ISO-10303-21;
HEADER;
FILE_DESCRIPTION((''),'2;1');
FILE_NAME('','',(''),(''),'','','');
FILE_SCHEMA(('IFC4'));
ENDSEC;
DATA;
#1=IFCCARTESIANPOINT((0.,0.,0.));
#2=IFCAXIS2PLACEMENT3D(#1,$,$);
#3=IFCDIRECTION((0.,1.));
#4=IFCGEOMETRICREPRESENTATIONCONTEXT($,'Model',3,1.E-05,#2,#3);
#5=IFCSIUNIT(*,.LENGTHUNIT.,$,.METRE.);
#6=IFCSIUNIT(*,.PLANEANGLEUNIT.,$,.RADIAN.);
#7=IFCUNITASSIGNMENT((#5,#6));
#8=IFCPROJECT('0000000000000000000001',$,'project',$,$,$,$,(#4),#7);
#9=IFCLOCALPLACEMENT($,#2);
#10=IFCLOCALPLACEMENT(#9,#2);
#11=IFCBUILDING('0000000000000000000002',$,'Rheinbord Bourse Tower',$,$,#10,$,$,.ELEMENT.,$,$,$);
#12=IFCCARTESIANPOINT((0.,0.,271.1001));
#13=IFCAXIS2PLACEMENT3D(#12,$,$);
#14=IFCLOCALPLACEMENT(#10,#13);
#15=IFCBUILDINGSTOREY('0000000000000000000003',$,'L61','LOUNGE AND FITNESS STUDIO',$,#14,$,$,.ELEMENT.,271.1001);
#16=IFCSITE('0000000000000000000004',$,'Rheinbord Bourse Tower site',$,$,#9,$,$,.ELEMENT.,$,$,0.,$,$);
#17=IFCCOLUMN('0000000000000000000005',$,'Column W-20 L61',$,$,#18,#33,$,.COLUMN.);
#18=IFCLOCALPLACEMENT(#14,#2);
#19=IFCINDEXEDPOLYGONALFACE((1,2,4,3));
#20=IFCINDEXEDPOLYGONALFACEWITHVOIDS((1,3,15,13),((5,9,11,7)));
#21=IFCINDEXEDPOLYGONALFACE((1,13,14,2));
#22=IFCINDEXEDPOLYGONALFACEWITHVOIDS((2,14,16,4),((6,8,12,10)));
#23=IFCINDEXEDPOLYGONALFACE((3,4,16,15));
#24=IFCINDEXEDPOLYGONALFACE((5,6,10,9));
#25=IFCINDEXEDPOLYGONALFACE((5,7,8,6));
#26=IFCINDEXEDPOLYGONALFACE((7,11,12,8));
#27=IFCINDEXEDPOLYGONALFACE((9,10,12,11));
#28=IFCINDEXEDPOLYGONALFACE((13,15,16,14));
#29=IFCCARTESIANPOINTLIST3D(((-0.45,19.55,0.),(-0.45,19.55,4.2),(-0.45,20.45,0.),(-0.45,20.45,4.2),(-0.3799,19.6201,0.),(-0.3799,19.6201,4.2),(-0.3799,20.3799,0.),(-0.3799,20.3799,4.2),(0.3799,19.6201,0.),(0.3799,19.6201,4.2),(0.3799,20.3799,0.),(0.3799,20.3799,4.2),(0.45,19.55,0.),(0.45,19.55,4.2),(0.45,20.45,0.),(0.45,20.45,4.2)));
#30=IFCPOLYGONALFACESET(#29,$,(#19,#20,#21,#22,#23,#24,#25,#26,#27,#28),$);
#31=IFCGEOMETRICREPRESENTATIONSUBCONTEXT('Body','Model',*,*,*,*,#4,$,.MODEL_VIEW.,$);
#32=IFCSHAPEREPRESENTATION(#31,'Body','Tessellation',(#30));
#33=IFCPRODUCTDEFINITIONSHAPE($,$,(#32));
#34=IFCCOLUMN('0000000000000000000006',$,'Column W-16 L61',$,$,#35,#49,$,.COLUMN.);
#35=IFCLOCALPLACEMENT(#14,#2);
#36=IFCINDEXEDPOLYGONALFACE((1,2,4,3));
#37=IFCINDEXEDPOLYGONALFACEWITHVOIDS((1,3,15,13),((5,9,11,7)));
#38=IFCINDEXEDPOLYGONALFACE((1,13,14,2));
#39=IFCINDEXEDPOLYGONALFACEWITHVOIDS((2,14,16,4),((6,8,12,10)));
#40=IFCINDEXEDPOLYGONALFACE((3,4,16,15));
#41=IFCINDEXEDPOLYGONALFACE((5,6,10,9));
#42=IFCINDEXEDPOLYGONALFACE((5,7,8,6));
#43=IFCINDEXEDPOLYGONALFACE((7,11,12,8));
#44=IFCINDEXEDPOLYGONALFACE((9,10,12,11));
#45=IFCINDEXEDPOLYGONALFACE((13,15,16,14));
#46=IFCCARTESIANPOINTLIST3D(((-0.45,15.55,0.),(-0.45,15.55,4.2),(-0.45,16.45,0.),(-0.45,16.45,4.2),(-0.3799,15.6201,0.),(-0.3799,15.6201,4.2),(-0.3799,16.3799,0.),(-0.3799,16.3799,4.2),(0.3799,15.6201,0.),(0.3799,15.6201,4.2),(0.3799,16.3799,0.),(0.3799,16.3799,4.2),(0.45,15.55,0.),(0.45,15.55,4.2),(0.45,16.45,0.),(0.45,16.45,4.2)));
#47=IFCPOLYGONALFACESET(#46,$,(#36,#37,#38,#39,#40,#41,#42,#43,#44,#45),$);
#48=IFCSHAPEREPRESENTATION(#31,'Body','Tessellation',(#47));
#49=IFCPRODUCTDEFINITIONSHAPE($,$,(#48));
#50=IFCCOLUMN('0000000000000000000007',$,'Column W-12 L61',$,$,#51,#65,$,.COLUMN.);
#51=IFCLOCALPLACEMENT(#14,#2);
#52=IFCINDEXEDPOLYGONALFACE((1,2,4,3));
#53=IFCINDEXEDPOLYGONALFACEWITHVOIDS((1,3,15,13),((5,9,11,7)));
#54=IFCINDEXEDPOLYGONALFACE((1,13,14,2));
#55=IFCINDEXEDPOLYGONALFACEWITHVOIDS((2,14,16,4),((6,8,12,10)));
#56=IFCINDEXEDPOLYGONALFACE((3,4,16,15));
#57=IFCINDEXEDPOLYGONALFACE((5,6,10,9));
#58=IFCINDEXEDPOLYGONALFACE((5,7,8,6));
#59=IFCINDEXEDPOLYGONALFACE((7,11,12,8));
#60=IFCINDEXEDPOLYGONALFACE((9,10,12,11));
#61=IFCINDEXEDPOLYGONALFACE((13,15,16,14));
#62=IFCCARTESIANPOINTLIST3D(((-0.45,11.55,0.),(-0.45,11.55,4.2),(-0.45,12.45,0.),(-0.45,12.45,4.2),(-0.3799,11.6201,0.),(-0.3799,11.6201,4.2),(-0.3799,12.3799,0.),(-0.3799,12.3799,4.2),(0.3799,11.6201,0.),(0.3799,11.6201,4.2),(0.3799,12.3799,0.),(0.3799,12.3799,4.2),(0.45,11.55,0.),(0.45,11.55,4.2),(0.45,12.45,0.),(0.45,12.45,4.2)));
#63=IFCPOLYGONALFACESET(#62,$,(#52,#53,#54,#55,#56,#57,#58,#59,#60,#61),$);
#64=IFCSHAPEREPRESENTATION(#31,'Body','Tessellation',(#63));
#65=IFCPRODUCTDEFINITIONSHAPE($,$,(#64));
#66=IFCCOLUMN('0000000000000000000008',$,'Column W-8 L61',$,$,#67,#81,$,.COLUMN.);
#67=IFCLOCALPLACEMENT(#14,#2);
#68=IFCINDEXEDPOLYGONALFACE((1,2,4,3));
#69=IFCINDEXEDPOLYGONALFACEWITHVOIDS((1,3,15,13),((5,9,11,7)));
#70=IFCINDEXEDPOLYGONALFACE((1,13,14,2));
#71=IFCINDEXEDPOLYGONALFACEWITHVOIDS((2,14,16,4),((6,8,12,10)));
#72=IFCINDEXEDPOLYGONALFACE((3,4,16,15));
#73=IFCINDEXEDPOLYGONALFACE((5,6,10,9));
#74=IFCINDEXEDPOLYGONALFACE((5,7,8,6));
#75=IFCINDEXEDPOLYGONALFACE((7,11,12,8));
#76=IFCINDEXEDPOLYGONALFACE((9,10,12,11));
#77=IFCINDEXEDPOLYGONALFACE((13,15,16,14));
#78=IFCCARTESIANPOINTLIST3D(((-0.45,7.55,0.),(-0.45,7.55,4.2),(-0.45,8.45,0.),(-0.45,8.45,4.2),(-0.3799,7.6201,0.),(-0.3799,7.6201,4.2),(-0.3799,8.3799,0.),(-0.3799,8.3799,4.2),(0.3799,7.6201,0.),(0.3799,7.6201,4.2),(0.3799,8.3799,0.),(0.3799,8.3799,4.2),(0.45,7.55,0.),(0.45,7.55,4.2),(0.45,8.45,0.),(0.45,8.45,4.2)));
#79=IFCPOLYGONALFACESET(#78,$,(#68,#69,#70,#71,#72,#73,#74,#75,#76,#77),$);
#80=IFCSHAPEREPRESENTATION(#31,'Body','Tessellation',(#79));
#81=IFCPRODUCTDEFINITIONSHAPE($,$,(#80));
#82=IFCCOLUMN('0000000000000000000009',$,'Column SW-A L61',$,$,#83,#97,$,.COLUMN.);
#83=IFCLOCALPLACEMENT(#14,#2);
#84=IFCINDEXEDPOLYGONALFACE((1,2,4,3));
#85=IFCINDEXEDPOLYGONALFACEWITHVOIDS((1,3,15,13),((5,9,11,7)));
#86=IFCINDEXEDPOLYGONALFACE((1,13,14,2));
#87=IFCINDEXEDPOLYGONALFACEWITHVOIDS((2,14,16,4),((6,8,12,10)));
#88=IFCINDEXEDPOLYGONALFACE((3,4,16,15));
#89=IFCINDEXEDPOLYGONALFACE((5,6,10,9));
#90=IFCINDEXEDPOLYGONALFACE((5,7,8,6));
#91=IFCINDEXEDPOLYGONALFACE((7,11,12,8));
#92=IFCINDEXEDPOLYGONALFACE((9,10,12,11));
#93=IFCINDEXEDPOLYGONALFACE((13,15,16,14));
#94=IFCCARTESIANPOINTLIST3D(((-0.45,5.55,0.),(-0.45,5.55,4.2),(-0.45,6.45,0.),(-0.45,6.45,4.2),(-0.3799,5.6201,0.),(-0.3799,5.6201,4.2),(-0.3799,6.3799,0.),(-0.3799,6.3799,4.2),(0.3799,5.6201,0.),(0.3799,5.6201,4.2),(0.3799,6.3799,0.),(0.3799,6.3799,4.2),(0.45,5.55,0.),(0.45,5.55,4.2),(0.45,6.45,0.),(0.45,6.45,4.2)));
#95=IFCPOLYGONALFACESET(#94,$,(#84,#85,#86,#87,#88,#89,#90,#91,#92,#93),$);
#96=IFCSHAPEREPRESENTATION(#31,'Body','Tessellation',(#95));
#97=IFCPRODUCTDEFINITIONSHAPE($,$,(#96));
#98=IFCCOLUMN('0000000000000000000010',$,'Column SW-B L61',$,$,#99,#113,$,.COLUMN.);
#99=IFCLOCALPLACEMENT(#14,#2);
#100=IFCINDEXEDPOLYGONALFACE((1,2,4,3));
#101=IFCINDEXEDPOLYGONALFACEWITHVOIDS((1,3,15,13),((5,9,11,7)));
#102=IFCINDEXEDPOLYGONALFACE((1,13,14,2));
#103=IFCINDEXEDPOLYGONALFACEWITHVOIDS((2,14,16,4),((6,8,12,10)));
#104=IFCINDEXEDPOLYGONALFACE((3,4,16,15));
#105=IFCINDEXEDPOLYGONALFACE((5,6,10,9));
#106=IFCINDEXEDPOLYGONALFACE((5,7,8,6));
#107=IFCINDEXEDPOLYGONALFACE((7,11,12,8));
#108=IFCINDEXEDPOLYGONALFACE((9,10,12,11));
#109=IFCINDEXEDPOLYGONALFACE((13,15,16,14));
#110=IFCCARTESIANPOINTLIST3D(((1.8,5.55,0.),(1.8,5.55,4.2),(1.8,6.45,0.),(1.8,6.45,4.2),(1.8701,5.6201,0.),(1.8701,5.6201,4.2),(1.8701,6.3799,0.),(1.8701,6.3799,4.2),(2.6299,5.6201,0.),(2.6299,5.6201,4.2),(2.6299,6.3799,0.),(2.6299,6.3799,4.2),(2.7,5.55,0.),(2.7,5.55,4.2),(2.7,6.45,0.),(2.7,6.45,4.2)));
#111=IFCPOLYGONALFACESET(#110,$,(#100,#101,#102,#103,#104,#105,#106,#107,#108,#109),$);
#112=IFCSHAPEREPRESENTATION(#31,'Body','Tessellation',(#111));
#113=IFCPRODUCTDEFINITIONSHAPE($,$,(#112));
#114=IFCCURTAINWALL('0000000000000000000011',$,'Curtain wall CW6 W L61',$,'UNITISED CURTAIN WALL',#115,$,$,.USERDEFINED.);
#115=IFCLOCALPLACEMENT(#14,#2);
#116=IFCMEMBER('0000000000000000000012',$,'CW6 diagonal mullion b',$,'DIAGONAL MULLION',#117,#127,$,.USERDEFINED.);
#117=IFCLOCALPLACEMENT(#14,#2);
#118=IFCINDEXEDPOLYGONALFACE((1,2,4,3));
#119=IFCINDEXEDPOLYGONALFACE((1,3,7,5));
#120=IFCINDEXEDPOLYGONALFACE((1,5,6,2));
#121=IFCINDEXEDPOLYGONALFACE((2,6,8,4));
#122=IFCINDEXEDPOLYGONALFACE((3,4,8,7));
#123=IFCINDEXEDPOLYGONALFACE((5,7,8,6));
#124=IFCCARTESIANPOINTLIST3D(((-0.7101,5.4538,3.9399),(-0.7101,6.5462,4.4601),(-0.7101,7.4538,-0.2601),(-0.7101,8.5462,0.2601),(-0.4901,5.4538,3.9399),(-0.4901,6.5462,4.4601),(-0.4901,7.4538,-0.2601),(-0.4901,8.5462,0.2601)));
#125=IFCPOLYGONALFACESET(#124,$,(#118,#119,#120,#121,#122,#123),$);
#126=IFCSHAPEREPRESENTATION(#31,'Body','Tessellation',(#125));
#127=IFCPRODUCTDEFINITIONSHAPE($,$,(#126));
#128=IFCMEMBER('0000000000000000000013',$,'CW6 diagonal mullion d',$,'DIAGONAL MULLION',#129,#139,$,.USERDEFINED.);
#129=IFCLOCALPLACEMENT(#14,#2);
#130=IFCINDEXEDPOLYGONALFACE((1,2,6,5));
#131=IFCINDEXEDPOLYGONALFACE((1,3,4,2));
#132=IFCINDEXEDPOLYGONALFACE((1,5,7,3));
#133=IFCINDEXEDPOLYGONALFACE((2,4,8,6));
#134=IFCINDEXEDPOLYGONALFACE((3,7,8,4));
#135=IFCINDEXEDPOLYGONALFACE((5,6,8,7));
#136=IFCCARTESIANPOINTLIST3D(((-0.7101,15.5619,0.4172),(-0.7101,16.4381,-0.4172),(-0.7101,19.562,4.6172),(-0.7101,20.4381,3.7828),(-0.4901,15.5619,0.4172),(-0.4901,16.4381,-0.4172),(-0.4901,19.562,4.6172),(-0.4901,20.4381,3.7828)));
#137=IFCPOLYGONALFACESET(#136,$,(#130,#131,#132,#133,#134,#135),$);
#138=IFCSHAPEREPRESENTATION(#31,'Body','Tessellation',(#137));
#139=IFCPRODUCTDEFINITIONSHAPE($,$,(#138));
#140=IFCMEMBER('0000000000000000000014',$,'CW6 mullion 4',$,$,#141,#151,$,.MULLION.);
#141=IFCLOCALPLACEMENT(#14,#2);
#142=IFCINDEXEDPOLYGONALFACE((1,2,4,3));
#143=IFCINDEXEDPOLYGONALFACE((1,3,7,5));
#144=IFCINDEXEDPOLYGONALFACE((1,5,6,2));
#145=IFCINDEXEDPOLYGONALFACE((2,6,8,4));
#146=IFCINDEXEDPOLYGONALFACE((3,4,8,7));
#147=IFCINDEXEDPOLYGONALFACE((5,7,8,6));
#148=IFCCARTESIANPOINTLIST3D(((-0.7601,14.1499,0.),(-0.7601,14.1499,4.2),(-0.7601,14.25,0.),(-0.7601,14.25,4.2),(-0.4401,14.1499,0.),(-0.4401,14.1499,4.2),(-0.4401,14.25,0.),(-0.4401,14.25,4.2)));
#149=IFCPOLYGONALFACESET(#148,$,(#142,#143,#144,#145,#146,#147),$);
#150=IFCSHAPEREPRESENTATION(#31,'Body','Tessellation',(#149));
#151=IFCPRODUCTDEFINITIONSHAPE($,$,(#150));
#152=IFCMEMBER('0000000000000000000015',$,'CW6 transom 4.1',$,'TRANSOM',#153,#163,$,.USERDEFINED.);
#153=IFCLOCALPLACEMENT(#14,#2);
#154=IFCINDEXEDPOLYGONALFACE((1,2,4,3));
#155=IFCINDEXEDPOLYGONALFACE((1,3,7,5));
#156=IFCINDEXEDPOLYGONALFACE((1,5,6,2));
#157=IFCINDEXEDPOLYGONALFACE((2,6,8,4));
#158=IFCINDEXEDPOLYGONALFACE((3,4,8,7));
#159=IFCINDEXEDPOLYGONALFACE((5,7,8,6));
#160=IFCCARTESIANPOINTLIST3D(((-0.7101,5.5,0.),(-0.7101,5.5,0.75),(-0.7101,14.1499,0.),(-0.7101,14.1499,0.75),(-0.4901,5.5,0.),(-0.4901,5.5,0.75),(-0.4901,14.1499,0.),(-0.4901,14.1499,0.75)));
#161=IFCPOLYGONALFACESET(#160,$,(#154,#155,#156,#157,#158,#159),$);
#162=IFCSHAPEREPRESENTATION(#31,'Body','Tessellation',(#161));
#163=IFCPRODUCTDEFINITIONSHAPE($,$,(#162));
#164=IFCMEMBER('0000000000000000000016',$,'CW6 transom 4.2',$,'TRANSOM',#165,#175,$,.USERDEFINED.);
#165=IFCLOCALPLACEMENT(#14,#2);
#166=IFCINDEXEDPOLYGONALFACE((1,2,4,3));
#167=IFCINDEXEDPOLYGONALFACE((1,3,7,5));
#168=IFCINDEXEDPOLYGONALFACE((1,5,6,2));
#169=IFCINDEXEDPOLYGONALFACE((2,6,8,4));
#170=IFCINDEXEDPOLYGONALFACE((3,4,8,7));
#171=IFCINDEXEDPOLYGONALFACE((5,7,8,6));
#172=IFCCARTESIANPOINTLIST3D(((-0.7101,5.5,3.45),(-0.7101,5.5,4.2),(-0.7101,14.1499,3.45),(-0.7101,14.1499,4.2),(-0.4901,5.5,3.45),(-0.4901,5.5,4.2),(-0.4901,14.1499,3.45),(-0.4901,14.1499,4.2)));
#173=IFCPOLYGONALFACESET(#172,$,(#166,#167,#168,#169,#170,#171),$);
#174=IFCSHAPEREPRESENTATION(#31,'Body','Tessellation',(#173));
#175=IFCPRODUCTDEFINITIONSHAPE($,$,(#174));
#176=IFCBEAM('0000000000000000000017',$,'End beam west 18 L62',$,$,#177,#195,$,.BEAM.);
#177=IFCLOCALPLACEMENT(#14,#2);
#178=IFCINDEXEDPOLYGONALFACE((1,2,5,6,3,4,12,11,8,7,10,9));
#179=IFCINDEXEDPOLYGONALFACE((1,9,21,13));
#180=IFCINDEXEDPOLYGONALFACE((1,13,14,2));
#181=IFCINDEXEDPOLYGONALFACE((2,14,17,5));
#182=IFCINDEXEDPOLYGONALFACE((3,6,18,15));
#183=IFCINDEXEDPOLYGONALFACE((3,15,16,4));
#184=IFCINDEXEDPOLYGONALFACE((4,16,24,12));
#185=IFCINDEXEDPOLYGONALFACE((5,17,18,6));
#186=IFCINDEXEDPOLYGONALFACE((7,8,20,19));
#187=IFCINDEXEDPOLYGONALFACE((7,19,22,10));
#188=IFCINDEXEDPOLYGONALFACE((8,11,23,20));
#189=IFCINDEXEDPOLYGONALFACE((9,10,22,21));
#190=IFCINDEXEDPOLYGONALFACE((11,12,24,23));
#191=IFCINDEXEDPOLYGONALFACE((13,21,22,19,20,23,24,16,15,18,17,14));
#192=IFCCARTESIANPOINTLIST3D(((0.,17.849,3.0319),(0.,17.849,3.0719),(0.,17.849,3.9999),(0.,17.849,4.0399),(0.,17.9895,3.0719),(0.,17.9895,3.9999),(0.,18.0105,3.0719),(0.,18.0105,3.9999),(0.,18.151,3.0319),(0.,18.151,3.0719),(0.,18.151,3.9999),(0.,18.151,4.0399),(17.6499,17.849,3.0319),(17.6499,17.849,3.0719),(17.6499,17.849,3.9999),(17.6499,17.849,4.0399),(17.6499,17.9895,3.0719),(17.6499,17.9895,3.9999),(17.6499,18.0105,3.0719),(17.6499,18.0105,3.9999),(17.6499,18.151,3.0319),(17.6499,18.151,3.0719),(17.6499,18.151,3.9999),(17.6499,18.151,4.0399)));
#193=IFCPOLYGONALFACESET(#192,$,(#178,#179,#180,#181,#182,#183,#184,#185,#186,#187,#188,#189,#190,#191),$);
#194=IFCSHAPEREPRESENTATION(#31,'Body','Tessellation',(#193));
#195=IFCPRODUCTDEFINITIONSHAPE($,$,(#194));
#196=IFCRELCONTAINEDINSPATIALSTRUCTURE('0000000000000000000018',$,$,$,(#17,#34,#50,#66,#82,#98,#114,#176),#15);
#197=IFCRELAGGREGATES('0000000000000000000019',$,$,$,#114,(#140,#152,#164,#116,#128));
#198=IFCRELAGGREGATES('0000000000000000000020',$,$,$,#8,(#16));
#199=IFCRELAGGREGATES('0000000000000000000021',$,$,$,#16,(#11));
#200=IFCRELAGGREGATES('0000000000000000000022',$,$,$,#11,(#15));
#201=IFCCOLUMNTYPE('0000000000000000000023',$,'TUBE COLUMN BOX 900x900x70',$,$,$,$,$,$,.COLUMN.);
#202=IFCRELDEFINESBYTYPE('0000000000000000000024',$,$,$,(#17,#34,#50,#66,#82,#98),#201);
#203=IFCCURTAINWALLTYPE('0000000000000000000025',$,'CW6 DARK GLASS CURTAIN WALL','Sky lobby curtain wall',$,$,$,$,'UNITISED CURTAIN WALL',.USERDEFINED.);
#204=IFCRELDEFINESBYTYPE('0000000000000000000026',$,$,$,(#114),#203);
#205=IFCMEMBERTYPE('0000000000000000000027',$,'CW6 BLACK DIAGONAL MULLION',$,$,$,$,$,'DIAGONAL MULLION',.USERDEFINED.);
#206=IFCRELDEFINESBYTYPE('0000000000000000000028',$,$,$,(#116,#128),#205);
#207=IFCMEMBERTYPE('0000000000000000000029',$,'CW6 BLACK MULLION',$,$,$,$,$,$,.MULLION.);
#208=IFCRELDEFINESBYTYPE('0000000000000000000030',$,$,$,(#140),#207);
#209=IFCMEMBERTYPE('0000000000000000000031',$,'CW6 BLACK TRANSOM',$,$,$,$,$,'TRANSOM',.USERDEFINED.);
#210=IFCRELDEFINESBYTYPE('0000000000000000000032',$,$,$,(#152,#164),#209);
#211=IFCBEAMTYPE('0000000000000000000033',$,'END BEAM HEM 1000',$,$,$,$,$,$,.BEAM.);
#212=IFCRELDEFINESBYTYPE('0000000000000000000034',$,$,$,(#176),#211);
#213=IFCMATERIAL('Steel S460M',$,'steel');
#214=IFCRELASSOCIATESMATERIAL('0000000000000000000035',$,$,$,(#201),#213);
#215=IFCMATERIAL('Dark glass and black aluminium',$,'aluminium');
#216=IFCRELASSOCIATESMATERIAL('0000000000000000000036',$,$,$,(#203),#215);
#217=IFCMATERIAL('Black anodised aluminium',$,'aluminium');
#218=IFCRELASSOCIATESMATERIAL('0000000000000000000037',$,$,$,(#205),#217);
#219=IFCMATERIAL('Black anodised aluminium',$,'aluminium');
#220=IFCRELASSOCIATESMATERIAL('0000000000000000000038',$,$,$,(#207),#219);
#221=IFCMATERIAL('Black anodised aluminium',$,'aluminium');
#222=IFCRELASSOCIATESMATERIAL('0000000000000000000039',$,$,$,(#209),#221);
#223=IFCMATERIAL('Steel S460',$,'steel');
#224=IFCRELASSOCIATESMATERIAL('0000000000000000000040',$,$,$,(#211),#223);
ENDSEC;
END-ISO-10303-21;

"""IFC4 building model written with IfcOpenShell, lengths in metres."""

from ifc_helpers import new_model, si_unit, direction, frame, origin, origin_2d, place, context, subcontext, project, spatial, rectangle, hollow_rectangle, i_section, extrude, material, material_profile, profile_set, type_object, element, aggregate, save


model = new_model("IFC4")

# Units and contexts
model_context = context("Model", 3, precision=1e-05, world=origin(), true_north=direction((0.0, 1.0)))
body_context = subcontext(model_context, "Body", "Model", "MODEL_VIEW")
ifc_project = project(units=[si_unit("LENGTHUNIT", "METRE"), si_unit("PLANEANGLEUNIT", "RADIAN")], contexts=[model_context])

# Site, building, storey
site_placement = place(None, origin())
site = spatial("IfcSite", under=ifc_project, at=site_placement, Name="Rheinbord Bourse Tower site", CompositionType="ELEMENT", RefElevation=0.0)
building_placement = place(site_placement, origin())
building = spatial("IfcBuilding", under=site, at=building_placement, Name="Rheinbord Bourse Tower", CompositionType="ELEMENT")
storey_placement = place(building_placement, frame((0.0, 0.0, 271.1001)))
storey = spatial("IfcBuildingStorey", under=building, at=storey_placement, Name="L61", Description="LOUNGE AND FITNESS STUDIO", CompositionType="ELEMENT", Elevation=271.1001)

# Columns
ifc_material_1 = material(Name="Steel S460M", Category="steel")
ifc_material_profile_1 = material_profile(ifc_material_1, hollow_rectangle(XDim=0.8999, YDim=0.8999, WallThickness=0.0701, at=origin_2d()), Name="BOX 900x900x70")
ifc_profile_set_1 = profile_set([ifc_material_profile_1], Name="Steel S460M")
column_type = type_object("IfcColumnType", Name="TUBE COLUMN BOX 900x900x70", PredefinedType="COLUMN", material=ifc_profile_set_1)
for number, where, z_axis, x_axis, name in (
    (1, (0.0, 20.0, 0.0), (0.0, 0.0, 1.0), (1.0, 0.0, 0.0), "Column W-20 L61"),
    (2, (0.0, 16.0, 0.0), (0.0, 0.0, 1.0), (1.0, 0.0, 0.0), "Column W-16 L61"),
    (3, (0.0, 12.0, 0.0), (0.0, 0.0, 1.0), (1.0, 0.0, 0.0), "Column W-12 L61"),
    (4, (0.0, 8.0, 0.0), (0.0, 0.0, 1.0), (1.0, 0.0, 0.0), "Column W-8 L61"),
    (5, (0.0, 6.0, 0.0), (0.0, 0.0, 1.0), (1.0, 0.0, 0.0), "Column SW-A L61"),
    (6, (2.25, 6.0, 0.0), (0.0, 0.0, 1.0), (1.0, 0.0, 0.0), "Column SW-B L61"),
):
    element("IfcColumn", number, at=place(storey_placement, frame(where, z_axis=z_axis, x_axis=x_axis)), inside=storey, type_object=column_type, Name=name, PredefinedType="COLUMN", context=body_context, shape_type="SweptSolid", body=[
        extrude(hollow_rectangle(XDim=0.8999, YDim=0.8999, WallThickness=0.0701, at=origin_2d()), origin(), (0.0, 0.0, 1.0), 4.2),
    ])

# Curtain wall, members
ifc_material_2 = material(Name="Dark glass and black aluminium", Category="aluminium")
curtain_wall_type = type_object("IfcCurtainWallType", Name="CW6 DARK GLASS CURTAIN WALL", Description="Sky lobby curtain wall", ElementType="UNITISED CURTAIN WALL", PredefinedType="USERDEFINED", material=ifc_material_2)
curtain_wall_placement = place(storey_placement, origin())
curtain_wall = element("IfcCurtainWall", 7, at=curtain_wall_placement, inside=storey, type_object=curtain_wall_type, Name="Curtain wall CW6 W L61", ObjectType="UNITISED CURTAIN WALL", PredefinedType="USERDEFINED")
ifc_material_3 = material(Name="Black anodised aluminium", Category="aluminium")
ifc_material_profile_2 = material_profile(ifc_material_3, rectangle(XDim=0.22, YDim=1.21, at=origin_2d()), Name="CW6 DIAGONAL MULLION 1210x220")
ifc_profile_set_2 = profile_set([ifc_material_profile_2], Name="Black anodised aluminium")
member_type_1 = type_object("IfcMemberType", Name="CW6 BLACK DIAGONAL MULLION", ElementType="DIAGONAL MULLION", PredefinedType="USERDEFINED", material=ifc_profile_set_2)
member_1_placement = place(storey_placement, frame((-0.6001, 8.0, 0.0), z_axis=(0.0, -0.429938, 0.902859), x_axis=(1.0, 0.0, 0.0)))
member_1 = element("IfcMember", 8, at=member_1_placement, type_object=member_type_1, Name="CW6 diagonal mullion b", ObjectType="DIAGONAL MULLION", PredefinedType="USERDEFINED", context=body_context, shape_type="SweptSolid", body=[
    extrude(rectangle(XDim=0.22, YDim=1.21, at=origin_2d()), origin(), (0.0, 0.0, 1.0), 4.6519),
])
member_2_placement = place(storey_placement, frame((-0.6001, 16.0, 0.0), z_axis=(0.0, 0.689659, 0.724134), x_axis=(-1.0, 0.0, 0.0)))
member_2 = element("IfcMember", 9, at=member_2_placement, type_object=member_type_1, Name="CW6 diagonal mullion d", ObjectType="DIAGONAL MULLION", PredefinedType="USERDEFINED", context=body_context, shape_type="SweptSolid", body=[
    extrude(rectangle(XDim=0.22, YDim=1.21, at=origin_2d()), origin(), (0.0, 0.0, 1.0), 5.8),
])
ifc_material_4 = material(Name="Black anodised aluminium", Category="aluminium")
ifc_material_profile_3 = material_profile(ifc_material_4, rectangle(XDim=0.3201, YDim=0.1001, at=origin_2d()), Name="CW6 MULLION 100x320")
ifc_profile_set_3 = profile_set([ifc_material_profile_3], Name="Black anodised aluminium")
member_type_2 = type_object("IfcMemberType", Name="CW6 BLACK MULLION", PredefinedType="MULLION", material=ifc_profile_set_3)
member_3_placement = place(storey_placement, frame((-0.6001, 14.2, 0.0), z_axis=(0.0, 0.0, 1.0), x_axis=(1.0, 0.0, 0.0)))
member_3 = element("IfcMember", 10, at=member_3_placement, type_object=member_type_2, Name="CW6 mullion 4", PredefinedType="MULLION", context=body_context, shape_type="SweptSolid", body=[
    extrude(rectangle(XDim=0.3201, YDim=0.1001, at=origin_2d()), origin(), (0.0, 0.0, 1.0), 4.2),
])
ifc_material_5 = material(Name="Black anodised aluminium", Category="aluminium")
ifc_material_profile_4 = material_profile(ifc_material_5, rectangle(XDim=0.22, YDim=0.75, at=origin_2d()), Name="CW6 TRANSOM 750x220")
ifc_profile_set_4 = profile_set([ifc_material_profile_4], Name="Black anodised aluminium")
member_type_3 = type_object("IfcMemberType", Name="CW6 BLACK TRANSOM", ElementType="TRANSOM", PredefinedType="USERDEFINED", material=ifc_profile_set_4)
member_4_placement = place(storey_placement, frame((-0.6001, 14.1499, 0.375), z_axis=(0.0, -1.0, 0.0), x_axis=(1.0, 0.0, 0.0)))
member_4 = element("IfcMember", 11, at=member_4_placement, type_object=member_type_3, Name="CW6 transom 4.1", ObjectType="TRANSOM", PredefinedType="USERDEFINED", context=body_context, shape_type="SweptSolid", body=[
    extrude(rectangle(XDim=0.22, YDim=0.75, at=origin_2d()), origin(), (0.0, 0.0, 1.0), 8.6499),
])
member_5_placement = place(storey_placement, frame((-0.6001, 14.1499, 3.825), z_axis=(0.0, -1.0, 0.0), x_axis=(1.0, 0.0, 0.0)))
member_5 = element("IfcMember", 12, at=member_5_placement, type_object=member_type_3, Name="CW6 transom 4.2", ObjectType="TRANSOM", PredefinedType="USERDEFINED", context=body_context, shape_type="SweptSolid", body=[
    extrude(rectangle(XDim=0.22, YDim=0.75, at=origin_2d()), origin(), (0.0, 0.0, 1.0), 8.6499),
])

# Beam
ifc_material_6 = material(Name="Steel S460", Category="steel")
ifc_material_profile_5 = material_profile(ifc_material_6, i_section(OverallWidth=0.302, OverallDepth=1.0081, WebThickness=0.021, FlangeThickness=0.04, at=origin_2d()), Name="HEM 1000")
ifc_profile_set_5 = profile_set([ifc_material_profile_5], Name="Steel S460")
beam_type_1 = type_object("IfcBeamType", Name="END BEAM HEM 1000", PredefinedType="BEAM", material=ifc_profile_set_5)
for number, where, z_axis, x_axis, name in (
    (13, (0.0, 18.0, 3.5359), (1.0, 0.0, 0.0), (0.0, 1.0, 0.0), "End beam west 18 L62"),
):
    element("IfcBeam", number, at=place(storey_placement, frame(where, z_axis=z_axis, x_axis=x_axis)), inside=storey, type_object=beam_type_1, Name=name, PredefinedType="BEAM", context=body_context, shape_type="SweptSolid", body=[
        extrude(i_section(OverallWidth=0.302, OverallDepth=1.0081, WebThickness=0.021, FlangeThickness=0.04, at=origin_2d()), origin(), (0.0, 0.0, 1.0), 17.6499),
    ])

aggregate(curtain_wall, [member_3, member_4, member_5, member_1, member_2])

save(model, "model.ifc")
